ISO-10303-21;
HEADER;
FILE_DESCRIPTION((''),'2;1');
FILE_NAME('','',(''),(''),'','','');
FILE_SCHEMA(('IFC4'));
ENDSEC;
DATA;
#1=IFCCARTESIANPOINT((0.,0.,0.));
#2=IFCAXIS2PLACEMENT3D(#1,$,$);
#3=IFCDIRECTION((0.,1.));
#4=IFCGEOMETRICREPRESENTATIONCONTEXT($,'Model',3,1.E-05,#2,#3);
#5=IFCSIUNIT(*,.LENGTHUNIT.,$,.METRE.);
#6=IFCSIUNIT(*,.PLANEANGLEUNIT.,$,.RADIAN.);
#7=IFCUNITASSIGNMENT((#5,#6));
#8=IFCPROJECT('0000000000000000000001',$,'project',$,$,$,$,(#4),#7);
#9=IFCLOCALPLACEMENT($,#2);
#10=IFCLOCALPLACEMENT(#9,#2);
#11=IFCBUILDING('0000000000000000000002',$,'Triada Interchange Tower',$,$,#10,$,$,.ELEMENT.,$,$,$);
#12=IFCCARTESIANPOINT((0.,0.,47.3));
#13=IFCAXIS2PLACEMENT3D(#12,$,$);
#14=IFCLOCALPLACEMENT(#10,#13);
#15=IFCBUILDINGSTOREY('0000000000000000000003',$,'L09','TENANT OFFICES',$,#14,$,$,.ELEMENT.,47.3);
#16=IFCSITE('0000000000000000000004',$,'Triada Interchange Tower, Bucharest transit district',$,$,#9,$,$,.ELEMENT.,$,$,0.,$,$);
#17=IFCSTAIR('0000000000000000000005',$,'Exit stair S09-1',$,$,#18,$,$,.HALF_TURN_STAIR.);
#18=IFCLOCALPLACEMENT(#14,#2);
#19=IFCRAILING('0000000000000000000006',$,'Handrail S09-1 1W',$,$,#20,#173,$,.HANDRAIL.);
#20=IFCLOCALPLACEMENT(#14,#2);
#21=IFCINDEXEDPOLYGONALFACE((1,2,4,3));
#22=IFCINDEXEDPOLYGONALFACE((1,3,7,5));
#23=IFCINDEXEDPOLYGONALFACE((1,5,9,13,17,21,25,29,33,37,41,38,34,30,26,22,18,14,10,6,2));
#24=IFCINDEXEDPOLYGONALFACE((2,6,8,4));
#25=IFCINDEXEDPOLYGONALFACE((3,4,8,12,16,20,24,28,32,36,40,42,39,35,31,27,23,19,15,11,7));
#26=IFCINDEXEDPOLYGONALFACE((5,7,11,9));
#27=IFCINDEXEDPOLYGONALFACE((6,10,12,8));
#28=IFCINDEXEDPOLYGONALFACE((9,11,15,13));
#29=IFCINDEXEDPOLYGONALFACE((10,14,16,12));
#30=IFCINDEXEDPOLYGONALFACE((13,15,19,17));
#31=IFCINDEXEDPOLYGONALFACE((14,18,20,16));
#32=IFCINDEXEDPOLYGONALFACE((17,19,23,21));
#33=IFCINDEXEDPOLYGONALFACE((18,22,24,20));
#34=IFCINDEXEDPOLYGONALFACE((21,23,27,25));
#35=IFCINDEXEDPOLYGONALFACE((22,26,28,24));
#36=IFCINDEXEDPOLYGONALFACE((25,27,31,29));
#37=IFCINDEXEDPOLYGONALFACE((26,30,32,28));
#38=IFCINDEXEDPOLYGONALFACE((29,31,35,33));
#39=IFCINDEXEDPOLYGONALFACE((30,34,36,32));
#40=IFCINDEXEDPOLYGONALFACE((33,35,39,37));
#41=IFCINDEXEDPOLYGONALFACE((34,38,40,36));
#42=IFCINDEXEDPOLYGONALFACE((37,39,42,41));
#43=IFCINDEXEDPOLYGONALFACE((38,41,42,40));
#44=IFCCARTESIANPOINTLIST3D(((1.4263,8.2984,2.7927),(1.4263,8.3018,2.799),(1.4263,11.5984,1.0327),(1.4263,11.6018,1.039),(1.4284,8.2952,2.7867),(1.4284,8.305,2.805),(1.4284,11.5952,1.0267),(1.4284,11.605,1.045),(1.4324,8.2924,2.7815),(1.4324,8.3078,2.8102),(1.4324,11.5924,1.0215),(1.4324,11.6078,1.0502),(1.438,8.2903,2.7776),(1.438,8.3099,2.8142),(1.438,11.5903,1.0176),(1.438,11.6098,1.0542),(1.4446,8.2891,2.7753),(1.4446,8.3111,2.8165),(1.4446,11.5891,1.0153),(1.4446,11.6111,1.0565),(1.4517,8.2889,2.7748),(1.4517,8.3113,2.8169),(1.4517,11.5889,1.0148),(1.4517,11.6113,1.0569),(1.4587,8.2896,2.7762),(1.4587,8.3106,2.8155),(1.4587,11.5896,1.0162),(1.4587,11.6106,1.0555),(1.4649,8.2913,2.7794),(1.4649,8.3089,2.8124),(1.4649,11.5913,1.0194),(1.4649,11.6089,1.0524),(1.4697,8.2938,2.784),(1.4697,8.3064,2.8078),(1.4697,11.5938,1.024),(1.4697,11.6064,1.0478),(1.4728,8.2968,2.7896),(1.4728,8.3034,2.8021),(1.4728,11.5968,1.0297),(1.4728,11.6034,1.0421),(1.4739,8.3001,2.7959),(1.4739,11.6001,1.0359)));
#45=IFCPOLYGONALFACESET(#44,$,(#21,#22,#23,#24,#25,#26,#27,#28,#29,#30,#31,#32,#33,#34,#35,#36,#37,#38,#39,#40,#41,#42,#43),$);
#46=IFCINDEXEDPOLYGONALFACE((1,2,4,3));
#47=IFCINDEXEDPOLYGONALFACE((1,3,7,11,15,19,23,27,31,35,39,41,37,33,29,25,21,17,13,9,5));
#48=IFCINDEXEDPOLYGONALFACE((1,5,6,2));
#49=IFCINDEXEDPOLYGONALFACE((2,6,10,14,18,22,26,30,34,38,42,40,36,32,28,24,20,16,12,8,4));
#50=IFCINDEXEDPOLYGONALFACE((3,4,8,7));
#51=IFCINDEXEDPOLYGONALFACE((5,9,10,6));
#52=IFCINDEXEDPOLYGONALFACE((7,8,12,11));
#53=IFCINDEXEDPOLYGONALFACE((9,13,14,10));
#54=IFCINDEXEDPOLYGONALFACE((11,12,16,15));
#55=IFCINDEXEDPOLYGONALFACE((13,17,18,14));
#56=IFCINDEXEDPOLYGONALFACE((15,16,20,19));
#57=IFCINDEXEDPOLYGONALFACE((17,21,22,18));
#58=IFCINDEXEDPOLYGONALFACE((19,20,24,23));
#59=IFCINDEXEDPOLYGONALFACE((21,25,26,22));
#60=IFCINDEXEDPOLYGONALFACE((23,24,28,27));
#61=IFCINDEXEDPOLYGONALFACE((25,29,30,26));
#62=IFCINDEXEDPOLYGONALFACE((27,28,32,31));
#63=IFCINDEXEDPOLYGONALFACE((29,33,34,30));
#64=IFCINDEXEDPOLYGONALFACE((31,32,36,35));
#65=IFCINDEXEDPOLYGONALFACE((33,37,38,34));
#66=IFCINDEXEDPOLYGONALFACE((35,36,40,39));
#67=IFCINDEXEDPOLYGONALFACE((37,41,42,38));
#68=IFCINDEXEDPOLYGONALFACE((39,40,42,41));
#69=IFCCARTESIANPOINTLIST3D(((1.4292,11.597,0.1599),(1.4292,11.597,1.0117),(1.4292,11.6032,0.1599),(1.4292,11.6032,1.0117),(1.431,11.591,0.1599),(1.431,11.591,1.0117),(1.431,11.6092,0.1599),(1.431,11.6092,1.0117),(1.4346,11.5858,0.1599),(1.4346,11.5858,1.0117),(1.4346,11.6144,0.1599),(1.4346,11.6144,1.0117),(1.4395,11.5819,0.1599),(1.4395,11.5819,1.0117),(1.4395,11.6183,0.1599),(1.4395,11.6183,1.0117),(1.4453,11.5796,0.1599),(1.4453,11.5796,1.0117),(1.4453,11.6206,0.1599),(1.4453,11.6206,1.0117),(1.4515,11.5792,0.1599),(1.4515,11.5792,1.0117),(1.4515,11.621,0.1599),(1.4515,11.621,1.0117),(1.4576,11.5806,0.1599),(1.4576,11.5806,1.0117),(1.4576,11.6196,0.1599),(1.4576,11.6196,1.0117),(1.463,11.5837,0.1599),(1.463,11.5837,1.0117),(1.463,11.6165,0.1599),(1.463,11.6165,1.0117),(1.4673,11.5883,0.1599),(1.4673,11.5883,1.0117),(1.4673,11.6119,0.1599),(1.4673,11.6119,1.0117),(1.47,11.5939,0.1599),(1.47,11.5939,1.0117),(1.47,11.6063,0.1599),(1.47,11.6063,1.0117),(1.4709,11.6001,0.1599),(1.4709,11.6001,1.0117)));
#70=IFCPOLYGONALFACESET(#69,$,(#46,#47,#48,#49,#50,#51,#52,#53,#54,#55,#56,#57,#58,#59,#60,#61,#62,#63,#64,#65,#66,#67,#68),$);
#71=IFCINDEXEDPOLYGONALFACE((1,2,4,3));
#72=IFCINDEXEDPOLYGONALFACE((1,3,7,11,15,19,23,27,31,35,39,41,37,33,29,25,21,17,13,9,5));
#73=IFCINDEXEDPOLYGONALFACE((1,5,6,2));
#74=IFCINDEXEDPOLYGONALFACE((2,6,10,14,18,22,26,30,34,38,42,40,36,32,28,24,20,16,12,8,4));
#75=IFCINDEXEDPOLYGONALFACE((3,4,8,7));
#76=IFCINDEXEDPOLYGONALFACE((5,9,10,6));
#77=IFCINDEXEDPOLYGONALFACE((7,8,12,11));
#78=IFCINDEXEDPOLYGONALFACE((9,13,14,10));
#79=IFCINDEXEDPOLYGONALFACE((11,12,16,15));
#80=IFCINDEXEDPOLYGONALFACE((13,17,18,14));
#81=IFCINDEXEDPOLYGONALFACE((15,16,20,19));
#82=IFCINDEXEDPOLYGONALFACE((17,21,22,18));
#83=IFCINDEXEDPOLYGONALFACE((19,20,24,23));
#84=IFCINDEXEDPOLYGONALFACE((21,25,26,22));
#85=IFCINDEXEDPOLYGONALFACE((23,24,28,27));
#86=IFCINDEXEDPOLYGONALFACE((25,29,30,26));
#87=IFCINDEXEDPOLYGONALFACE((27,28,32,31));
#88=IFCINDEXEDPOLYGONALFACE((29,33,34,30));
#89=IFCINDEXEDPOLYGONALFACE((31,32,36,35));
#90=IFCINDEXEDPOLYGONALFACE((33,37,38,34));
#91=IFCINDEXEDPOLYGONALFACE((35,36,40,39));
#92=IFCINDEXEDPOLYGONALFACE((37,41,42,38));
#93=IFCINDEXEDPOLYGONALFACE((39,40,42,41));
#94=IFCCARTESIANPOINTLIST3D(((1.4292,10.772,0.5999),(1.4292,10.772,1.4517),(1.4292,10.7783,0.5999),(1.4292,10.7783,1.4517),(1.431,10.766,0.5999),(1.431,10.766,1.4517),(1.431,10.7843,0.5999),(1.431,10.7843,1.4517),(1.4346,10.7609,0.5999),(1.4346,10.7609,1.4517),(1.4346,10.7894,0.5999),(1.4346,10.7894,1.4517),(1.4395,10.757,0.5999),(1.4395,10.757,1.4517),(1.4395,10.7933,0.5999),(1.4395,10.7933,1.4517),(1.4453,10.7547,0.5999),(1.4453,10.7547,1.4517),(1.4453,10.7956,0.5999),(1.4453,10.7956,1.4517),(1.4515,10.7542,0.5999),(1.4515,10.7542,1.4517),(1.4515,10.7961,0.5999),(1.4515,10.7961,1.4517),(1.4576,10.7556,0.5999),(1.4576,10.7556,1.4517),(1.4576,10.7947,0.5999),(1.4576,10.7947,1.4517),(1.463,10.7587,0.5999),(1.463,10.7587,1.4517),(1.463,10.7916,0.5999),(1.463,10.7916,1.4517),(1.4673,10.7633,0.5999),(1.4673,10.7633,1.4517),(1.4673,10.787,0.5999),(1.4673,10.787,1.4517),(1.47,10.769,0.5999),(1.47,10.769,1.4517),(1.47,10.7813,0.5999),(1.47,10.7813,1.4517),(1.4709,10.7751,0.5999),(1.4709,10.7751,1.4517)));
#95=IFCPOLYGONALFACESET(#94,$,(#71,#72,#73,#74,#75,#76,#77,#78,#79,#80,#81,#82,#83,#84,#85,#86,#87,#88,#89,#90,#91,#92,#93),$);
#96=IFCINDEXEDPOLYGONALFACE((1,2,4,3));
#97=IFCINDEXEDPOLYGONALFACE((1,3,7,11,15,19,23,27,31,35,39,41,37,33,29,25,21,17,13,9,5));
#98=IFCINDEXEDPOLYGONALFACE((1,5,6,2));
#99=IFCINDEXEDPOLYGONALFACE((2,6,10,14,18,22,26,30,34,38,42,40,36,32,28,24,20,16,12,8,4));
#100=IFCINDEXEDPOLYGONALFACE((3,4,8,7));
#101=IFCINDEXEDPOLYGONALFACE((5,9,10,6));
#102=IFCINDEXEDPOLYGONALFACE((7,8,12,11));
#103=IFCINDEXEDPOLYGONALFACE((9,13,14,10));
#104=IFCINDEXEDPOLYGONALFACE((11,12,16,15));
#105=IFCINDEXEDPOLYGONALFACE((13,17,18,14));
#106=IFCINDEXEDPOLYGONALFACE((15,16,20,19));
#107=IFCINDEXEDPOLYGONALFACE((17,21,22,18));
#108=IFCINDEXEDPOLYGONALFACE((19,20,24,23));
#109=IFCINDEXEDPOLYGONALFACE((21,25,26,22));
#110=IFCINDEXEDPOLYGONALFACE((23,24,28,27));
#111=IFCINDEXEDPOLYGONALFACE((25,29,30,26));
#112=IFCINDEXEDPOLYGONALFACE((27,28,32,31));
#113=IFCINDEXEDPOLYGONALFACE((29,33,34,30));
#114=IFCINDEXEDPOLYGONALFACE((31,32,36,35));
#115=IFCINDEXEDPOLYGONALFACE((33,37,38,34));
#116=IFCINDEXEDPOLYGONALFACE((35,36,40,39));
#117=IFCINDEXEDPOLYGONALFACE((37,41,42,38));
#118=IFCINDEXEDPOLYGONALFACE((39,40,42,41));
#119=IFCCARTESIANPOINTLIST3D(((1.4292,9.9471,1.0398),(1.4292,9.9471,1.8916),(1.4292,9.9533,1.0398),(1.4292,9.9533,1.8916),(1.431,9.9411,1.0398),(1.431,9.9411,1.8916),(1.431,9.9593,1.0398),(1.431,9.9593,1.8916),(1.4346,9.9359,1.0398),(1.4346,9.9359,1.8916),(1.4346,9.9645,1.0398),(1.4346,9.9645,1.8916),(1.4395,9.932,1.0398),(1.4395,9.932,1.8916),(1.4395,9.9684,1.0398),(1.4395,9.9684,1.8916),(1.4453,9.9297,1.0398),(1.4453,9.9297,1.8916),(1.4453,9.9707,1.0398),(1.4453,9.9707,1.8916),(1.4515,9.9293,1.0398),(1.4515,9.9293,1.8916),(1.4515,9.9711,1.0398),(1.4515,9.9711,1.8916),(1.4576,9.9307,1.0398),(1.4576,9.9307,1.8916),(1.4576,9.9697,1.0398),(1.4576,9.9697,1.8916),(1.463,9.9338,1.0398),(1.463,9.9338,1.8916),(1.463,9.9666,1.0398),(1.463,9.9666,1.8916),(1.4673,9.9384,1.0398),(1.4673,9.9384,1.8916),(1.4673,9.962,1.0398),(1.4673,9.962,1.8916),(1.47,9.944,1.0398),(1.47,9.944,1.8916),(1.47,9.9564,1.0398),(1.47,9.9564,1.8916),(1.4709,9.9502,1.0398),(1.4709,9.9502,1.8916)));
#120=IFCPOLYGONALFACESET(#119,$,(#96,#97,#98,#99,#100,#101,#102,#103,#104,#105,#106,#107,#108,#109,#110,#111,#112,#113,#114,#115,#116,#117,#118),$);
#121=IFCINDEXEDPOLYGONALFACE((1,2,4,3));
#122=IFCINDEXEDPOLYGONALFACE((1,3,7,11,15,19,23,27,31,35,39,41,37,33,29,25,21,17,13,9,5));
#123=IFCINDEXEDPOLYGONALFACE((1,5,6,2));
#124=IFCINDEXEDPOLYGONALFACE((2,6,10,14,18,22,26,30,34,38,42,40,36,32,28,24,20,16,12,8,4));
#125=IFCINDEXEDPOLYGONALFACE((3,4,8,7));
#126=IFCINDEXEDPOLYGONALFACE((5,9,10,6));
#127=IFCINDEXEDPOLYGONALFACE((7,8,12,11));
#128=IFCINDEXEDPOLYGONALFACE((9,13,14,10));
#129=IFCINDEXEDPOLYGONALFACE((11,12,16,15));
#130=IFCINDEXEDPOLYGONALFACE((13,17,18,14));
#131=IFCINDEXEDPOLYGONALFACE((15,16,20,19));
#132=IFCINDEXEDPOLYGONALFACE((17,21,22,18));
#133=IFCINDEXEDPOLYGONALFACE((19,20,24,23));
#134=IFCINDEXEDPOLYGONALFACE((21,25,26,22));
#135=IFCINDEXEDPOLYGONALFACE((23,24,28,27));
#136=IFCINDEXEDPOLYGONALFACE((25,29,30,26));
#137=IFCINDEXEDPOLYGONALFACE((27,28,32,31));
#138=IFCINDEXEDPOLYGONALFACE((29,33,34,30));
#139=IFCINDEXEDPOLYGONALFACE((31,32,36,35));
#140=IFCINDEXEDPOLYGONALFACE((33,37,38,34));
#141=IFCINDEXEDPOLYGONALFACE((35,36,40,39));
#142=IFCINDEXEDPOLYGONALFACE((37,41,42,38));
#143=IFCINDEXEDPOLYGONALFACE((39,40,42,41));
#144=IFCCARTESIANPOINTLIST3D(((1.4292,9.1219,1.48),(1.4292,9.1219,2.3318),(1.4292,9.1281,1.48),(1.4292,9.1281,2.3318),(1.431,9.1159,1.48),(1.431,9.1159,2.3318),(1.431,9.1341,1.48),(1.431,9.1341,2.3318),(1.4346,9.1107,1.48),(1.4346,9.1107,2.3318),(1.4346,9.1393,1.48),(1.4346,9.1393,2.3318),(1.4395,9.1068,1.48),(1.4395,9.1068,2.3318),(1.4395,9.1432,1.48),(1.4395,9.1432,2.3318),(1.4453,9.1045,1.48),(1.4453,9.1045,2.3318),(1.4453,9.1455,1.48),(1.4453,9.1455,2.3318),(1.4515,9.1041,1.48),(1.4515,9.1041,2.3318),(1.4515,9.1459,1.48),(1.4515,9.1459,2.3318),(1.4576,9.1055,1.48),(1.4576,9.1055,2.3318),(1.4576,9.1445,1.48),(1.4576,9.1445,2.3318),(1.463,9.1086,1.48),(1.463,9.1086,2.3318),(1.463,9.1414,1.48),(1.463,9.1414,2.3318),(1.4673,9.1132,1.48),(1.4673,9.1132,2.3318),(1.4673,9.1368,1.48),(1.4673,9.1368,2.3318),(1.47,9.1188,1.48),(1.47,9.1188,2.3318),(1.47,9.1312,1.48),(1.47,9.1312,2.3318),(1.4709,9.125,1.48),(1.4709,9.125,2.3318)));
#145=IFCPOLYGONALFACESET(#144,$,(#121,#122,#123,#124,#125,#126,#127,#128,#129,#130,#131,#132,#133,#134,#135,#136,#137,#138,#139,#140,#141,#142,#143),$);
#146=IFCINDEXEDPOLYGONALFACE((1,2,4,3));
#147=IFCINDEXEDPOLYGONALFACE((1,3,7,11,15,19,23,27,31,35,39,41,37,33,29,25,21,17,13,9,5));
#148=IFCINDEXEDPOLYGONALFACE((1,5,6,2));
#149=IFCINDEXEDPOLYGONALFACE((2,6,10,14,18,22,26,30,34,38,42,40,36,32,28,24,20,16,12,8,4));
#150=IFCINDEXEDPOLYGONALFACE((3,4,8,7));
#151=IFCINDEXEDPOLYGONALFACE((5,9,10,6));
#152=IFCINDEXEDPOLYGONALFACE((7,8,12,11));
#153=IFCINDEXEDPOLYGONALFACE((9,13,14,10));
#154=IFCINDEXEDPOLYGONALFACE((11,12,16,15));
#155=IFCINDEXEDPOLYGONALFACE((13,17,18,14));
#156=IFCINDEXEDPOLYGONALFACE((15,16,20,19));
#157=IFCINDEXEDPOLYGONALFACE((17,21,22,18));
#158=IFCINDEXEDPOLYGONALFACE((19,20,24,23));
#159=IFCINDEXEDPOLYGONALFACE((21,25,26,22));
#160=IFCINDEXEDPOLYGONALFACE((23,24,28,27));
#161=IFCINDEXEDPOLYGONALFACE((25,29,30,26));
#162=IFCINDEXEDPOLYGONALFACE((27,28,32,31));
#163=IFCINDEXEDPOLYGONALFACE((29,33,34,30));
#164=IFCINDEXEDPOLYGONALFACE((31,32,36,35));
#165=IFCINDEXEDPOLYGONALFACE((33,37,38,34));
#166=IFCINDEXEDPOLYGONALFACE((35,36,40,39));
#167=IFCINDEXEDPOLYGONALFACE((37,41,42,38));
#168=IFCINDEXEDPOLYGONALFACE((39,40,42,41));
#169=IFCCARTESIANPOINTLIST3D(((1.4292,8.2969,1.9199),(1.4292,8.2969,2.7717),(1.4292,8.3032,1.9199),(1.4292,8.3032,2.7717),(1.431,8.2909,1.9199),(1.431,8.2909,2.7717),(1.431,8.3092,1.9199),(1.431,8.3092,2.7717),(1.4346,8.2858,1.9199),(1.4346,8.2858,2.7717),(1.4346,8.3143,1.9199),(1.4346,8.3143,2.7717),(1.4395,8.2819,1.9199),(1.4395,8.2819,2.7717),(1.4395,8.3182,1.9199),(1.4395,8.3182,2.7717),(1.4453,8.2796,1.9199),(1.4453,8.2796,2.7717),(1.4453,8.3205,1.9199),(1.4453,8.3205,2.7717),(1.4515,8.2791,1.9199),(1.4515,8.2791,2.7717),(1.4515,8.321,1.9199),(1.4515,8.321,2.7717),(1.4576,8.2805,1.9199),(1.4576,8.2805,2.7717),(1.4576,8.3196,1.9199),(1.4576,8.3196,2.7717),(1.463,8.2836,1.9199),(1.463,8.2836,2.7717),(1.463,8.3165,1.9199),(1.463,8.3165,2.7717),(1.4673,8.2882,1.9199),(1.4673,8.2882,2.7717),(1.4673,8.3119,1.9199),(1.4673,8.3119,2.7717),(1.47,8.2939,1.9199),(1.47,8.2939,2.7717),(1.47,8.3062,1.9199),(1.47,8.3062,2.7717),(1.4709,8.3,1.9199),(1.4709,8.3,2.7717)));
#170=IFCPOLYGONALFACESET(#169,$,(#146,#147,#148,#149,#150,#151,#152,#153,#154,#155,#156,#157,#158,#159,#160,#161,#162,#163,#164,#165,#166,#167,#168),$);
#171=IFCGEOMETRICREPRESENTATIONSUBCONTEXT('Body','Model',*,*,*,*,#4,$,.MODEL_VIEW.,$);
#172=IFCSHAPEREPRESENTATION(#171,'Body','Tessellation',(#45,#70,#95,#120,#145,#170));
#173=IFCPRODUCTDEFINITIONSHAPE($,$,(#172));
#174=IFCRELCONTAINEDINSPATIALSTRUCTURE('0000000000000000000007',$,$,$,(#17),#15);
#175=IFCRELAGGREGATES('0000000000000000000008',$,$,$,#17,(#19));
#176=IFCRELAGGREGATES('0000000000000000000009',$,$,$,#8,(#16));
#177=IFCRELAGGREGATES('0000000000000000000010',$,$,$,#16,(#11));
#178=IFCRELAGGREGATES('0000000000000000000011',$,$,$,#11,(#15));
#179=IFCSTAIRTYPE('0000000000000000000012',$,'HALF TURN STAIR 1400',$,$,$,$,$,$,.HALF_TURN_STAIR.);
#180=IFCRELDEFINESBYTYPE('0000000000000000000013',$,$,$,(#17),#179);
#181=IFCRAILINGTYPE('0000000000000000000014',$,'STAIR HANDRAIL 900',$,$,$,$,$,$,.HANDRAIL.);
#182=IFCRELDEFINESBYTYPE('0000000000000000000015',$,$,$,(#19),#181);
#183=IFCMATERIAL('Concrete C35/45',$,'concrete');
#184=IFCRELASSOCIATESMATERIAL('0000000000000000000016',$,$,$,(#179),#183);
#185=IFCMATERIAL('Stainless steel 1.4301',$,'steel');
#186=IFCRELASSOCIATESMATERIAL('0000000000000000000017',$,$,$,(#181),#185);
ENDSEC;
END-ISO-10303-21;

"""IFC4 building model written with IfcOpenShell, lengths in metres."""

from ifc_helpers import new_model, si_unit, direction, frame, origin, origin_2d, place, context, subcontext, project, spatial, circle, extrude, material, type_object, element, aggregate, save


model = new_model("IFC4")

# Units and contexts
model_context = context("Model", 3, precision=1e-05, world=origin(), true_north=direction((0.0, 1.0)))
body_context = subcontext(model_context, "Body", "Model", "MODEL_VIEW")
ifc_project = project(units=[si_unit("LENGTHUNIT", "METRE"), si_unit("PLANEANGLEUNIT", "RADIAN")], contexts=[model_context])

# Site, building, storey
site_placement = place(None, origin())
site = spatial("IfcSite", under=ifc_project, at=site_placement, Name="Triada Interchange Tower, Bucharest transit district", CompositionType="ELEMENT", RefElevation=0.0)
building_placement = place(site_placement, origin())
building = spatial("IfcBuilding", under=site, at=building_placement, Name="Triada Interchange Tower", CompositionType="ELEMENT")
storey_placement = place(building_placement, frame((0.0, 0.0, 47.3)))
storey = spatial("IfcBuildingStorey", under=building, at=storey_placement, Name="L09", Description="TENANT OFFICES", CompositionType="ELEMENT", Elevation=47.3)

# Stair
ifc_material_1 = material(Name="Concrete C35/45", Category="concrete")
stair_type = type_object("IfcStairType", Name="HALF TURN STAIR 1400", PredefinedType="HALF_TURN_STAIR", material=ifc_material_1)
stair_placement = place(storey_placement, origin())
stair = element("IfcStair", 1, at=stair_placement, inside=storey, type_object=stair_type, Name="Exit stair S09-1", PredefinedType="HALF_TURN_STAIR")

# Railing
ifc_material_2 = material(Name="Stainless steel 1.4301", Category="steel")
railing_type = type_object("IfcRailingType", Name="STAIR HANDRAIL 900", PredefinedType="HANDRAIL", material=ifc_material_2)
railing_1_placement = place(storey_placement, frame((1.45, 11.6001, 0.1599)))
railing_1 = element("IfcRailing", 2, at=railing_1_placement, type_object=railing_type, Name="Handrail S09-1 1W", PredefinedType="HANDRAIL", context=body_context, shape_type="SweptSolid", body=[
    extrude(circle(Radius=0.0239, at=origin_2d()), frame((0.0, 0.0, 0.876), z_axis=(0.0, -0.882355, 0.470585), x_axis=(1.0, 0.0, 0.0)), (0.0, 0.0, 1.0), 3.74),
    extrude(circle(Radius=0.021, at=origin_2d()), origin(), (0.0, 0.0, 1.0), 0.8518),
    extrude(circle(Radius=0.021, at=origin_2d()), frame((0.0, -0.825, 0.4399)), (0.0, 0.0, 1.0), 0.8518),
    extrude(circle(Radius=0.021, at=origin_2d()), frame((0.0, -1.6499, 0.8799)), (0.0, 0.0, 1.0), 0.8518),
    extrude(circle(Radius=0.021, at=origin_2d()), frame((0.0, -2.4751, 1.3201)), (0.0, 0.0, 1.0), 0.8518),
    extrude(circle(Radius=0.021, at=origin_2d()), frame((0.0, -3.3, 1.76)), (0.0, 0.0, 1.0), 0.8518),
])
aggregate(stair, [railing_1])

save(model, "model.ifc")
